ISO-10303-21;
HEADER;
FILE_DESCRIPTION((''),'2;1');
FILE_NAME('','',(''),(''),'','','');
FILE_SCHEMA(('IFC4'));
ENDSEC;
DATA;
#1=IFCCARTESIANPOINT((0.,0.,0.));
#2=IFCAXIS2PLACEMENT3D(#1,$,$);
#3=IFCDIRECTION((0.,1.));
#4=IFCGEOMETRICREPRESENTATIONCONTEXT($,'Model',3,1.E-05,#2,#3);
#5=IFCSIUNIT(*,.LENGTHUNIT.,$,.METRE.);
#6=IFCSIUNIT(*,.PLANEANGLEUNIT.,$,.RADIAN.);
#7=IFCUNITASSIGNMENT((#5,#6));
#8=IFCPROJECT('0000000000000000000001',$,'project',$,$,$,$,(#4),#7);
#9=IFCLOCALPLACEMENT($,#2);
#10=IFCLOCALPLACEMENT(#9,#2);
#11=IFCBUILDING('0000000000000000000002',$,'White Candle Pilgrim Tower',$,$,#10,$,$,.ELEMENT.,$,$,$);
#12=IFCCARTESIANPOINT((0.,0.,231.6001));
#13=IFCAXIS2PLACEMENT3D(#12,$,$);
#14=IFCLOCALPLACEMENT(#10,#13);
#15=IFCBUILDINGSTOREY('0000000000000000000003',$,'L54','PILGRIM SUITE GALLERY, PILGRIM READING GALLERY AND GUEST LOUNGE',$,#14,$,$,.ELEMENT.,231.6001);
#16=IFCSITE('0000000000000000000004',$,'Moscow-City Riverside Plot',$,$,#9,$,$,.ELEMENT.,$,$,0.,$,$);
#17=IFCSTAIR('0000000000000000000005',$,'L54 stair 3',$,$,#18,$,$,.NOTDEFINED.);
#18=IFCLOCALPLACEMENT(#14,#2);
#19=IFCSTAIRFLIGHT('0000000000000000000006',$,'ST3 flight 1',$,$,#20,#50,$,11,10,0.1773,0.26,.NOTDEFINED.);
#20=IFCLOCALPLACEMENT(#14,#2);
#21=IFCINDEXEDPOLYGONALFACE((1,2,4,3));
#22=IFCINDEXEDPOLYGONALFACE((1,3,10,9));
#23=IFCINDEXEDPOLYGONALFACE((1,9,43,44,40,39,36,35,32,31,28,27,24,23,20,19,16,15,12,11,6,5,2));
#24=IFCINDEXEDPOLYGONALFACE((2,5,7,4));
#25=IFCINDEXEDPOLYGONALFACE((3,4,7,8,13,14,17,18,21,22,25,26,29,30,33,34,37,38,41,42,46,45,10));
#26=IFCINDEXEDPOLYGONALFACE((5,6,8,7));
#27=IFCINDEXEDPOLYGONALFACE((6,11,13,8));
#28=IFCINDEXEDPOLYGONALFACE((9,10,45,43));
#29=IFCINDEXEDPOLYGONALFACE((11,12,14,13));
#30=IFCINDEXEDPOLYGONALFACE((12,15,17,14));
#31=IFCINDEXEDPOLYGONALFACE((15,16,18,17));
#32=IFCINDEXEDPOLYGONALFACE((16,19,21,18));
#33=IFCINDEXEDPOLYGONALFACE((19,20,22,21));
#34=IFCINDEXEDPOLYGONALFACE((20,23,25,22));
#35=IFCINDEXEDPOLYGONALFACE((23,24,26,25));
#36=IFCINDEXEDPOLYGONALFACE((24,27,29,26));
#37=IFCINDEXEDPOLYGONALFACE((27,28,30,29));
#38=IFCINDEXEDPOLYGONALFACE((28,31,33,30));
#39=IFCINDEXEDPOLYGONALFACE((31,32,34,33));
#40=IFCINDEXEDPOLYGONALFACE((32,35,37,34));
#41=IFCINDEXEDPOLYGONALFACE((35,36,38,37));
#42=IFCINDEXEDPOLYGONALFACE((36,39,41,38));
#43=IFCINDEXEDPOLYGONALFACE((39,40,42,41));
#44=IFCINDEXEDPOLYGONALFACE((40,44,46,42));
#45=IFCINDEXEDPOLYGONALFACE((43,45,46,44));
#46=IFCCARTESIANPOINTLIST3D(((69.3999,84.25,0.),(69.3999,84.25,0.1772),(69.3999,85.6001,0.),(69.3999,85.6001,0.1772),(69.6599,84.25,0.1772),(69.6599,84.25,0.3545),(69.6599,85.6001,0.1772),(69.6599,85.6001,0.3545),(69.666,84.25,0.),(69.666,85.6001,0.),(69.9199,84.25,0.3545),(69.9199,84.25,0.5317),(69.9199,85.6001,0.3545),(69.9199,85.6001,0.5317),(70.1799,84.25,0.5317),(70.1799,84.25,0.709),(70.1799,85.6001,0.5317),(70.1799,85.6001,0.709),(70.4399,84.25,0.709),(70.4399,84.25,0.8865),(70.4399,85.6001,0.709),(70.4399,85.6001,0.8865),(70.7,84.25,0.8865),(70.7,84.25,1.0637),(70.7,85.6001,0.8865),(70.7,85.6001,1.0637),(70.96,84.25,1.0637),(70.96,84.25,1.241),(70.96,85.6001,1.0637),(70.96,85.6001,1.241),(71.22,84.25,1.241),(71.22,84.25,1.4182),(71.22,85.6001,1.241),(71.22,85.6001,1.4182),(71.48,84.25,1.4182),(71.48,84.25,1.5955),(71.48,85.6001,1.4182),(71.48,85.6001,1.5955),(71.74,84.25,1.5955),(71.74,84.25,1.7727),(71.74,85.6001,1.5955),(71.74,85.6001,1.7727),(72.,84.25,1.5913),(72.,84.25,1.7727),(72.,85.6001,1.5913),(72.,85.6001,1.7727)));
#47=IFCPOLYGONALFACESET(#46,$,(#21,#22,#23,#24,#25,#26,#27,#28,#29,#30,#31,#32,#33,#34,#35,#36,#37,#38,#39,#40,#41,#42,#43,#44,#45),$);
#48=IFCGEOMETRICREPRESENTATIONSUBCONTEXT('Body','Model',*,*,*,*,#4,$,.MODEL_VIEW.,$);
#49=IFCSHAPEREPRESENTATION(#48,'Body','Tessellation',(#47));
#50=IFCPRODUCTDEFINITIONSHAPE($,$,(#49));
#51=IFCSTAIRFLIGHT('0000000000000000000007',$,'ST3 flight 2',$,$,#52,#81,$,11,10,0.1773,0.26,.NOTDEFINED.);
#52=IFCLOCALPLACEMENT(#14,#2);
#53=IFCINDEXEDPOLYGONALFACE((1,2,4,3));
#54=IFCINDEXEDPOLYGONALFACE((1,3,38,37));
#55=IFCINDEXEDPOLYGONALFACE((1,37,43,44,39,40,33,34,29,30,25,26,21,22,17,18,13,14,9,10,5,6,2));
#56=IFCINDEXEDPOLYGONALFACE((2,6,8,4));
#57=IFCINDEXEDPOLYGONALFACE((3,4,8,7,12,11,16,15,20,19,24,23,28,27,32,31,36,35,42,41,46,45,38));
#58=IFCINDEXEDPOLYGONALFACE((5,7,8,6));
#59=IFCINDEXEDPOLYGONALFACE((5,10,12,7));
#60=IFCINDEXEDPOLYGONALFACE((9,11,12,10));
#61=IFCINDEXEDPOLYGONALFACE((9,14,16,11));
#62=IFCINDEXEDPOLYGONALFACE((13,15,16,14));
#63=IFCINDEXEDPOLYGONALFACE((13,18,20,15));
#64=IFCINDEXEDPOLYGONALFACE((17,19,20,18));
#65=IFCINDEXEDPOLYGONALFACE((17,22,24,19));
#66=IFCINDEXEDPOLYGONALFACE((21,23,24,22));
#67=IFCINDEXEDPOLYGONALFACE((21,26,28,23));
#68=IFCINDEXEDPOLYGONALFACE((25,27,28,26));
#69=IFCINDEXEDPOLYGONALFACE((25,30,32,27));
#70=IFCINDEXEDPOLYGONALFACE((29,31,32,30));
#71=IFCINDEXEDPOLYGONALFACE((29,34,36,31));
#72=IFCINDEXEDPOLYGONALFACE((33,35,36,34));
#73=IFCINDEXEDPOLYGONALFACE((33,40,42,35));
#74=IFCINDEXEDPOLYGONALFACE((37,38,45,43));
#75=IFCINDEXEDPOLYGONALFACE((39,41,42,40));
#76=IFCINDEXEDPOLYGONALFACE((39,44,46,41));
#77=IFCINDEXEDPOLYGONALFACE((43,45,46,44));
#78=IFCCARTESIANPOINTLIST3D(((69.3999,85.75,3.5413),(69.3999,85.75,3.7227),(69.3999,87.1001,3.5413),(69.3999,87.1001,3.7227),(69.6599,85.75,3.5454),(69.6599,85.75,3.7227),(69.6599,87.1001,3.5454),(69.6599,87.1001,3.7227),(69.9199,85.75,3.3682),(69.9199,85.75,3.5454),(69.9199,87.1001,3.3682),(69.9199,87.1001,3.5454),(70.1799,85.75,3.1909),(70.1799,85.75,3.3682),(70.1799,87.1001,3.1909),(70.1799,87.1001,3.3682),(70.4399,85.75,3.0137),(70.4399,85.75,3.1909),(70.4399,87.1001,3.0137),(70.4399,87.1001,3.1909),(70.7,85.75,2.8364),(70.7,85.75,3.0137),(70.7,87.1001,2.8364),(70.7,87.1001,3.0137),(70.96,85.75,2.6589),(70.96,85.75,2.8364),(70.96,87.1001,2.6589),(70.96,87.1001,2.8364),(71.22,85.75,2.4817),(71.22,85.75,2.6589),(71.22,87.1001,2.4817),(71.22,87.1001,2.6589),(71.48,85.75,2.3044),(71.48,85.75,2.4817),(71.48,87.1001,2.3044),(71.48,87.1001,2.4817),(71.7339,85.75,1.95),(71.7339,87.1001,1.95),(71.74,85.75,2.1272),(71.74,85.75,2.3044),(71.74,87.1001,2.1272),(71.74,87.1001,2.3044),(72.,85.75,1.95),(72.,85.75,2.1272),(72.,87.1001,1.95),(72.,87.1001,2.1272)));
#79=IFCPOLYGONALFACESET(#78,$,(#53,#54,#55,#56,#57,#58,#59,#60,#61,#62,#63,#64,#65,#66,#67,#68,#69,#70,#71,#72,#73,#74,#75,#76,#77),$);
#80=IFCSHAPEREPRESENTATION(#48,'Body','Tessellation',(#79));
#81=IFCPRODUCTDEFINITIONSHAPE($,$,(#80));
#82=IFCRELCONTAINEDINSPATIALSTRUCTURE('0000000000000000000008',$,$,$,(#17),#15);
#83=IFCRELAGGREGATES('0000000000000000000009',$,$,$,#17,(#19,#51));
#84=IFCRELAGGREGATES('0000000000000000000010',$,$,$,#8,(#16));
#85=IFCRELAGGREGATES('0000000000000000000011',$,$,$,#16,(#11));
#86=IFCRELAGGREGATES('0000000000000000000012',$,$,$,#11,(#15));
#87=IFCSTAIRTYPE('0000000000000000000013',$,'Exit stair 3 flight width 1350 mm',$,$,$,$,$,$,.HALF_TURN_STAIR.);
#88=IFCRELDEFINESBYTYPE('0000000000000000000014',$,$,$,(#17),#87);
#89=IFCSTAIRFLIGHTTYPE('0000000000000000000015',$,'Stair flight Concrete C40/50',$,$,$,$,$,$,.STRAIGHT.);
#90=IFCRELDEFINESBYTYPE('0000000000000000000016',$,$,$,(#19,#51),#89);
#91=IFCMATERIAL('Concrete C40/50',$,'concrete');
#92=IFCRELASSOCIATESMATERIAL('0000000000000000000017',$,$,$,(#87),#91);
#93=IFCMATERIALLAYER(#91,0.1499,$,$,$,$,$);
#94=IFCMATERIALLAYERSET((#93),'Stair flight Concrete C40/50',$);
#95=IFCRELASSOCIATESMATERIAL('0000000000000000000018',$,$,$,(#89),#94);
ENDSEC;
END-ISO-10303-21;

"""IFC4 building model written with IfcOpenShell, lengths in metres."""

from ifc_helpers import new_model, si_unit, direction, frame, origin, place, context, subcontext, project, spatial, polyline, outline, extrude, material, layer, layer_set, type_object, element, aggregate, save


model = new_model("IFC4")

# Units and contexts
model_context = context("Model", 3, precision=1e-05, world=origin(), true_north=direction((0.0, 1.0)))
body_context = subcontext(model_context, "Body", "Model", "MODEL_VIEW")
ifc_project = project(units=[si_unit("LENGTHUNIT", "METRE"), si_unit("PLANEANGLEUNIT", "RADIAN")], contexts=[model_context])

# Site, building, storey
site_placement = place(None, origin())
site = spatial("IfcSite", under=ifc_project, at=site_placement, Name="Moscow-City Riverside Plot", CompositionType="ELEMENT", RefElevation=0.0)
building_placement = place(site_placement, origin())
building = spatial("IfcBuilding", under=site, at=building_placement, Name="White Candle Pilgrim Tower", CompositionType="ELEMENT")
storey_placement = place(building_placement, frame((0.0, 0.0, 231.6001)))
storey = spatial("IfcBuildingStorey", under=building, at=storey_placement, Name="L54", Description="PILGRIM SUITE GALLERY, PILGRIM READING GALLERY AND GUEST LOUNGE", CompositionType="ELEMENT", Elevation=231.6001)

# Stair, stair flights
ifc_material_1 = material(Name="Concrete C40/50", Category="concrete")
stair_type = type_object("IfcStairType", Name="Exit stair 3 flight width 1350 mm", PredefinedType="HALF_TURN_STAIR", material=ifc_material_1)
stair_placement = place(storey_placement, origin())
stair = element("IfcStair", 1, at=stair_placement, inside=storey, type_object=stair_type, Name="L54 stair 3", PredefinedType="NOTDEFINED")
ifc_layer_1 = layer(ifc_material_1, 0.1499)
ifc_layer_set_1 = layer_set([ifc_layer_1], Name="Stair flight Concrete C40/50")
stair_flight_type = type_object("IfcStairFlightType", Name="Stair flight Concrete C40/50", PredefinedType="STRAIGHT", material=ifc_layer_set_1)
stair_flight_1_placement = place(storey_placement, frame((69.3999, 84.925, 0.0), z_axis=(0.0, 0.0, 1.0), x_axis=(1.0, 0.0, 0.0)))
stair_flight_1 = element("IfcStairFlight", 2, at=stair_flight_1_placement, type_object=stair_flight_type, Name="ST3 flight 1", NumberOfRisers=11, NumberOfTreads=10, PredefinedType="NOTDEFINED", RiserHeight=0.1773, TreadLength=0.26, context=body_context, shape_type="SweptSolid", body=[
    extrude(outline(polyline([(0.0, 0.0), (0.0, 0.1772), (0.26, 0.1772), (0.26, 0.3545), (0.52, 0.3545), (0.52, 0.5317), (0.78, 0.5317), (0.78, 0.709), (1.04, 0.709), (1.04, 0.8865), (1.3, 0.8865), (1.3, 1.0637), (1.5601, 1.0637), (1.5601, 1.241), (1.8201, 1.241), (1.8201, 1.4182), (2.0801, 1.4182), (2.0801, 1.5955), (2.3401, 1.5955), (2.3401, 1.7727), (2.6001, 1.7727), (2.6001, 1.95), (2.6001, 1.5913), (0.2661, 0.0), (0.0, 0.0)])), frame((0.0, 0.675, 0.0), z_axis=(0.0, -1.0, 0.0), x_axis=(1.0, 0.0, 0.0)), (0.0, 0.0, 1.0), 1.3501),
])
stair_flight_2_placement = place(storey_placement, frame((72.0, 86.425, 1.95), z_axis=(0.0, 0.0, 1.0), x_axis=(-1.0, 0.0, 0.0)))
stair_flight_2 = element("IfcStairFlight", 3, at=stair_flight_2_placement, type_object=stair_flight_type, Name="ST3 flight 2", NumberOfRisers=11, NumberOfTreads=10, PredefinedType="NOTDEFINED", RiserHeight=0.1773, TreadLength=0.26, context=body_context, shape_type="SweptSolid", body=[
    extrude(outline(polyline([(0.0, 0.0), (0.0, 0.1772), (0.26, 0.1772), (0.26, 0.3545), (0.52, 0.3545), (0.52, 0.5317), (0.78, 0.5317), (0.78, 0.709), (1.04, 0.709), (1.04, 0.8865), (1.3, 0.8865), (1.3, 1.0637), (1.5601, 1.0637), (1.5601, 1.241), (1.8201, 1.241), (1.8201, 1.4182), (2.0801, 1.4182), (2.0801, 1.5955), (2.3401, 1.5955), (2.3401, 1.7727), (2.6001, 1.7727), (2.6001, 1.95), (2.6001, 1.5913), (0.2661, 0.0), (0.0, 0.0)])), frame((0.0, 0.675, 0.0), z_axis=(0.0, -1.0, 0.0), x_axis=(1.0, 0.0, 0.0)), (0.0, 0.0, 1.0), 1.3501),
])
aggregate(stair, [stair_flight_1, stair_flight_2])

save(model, "model.ifc")
